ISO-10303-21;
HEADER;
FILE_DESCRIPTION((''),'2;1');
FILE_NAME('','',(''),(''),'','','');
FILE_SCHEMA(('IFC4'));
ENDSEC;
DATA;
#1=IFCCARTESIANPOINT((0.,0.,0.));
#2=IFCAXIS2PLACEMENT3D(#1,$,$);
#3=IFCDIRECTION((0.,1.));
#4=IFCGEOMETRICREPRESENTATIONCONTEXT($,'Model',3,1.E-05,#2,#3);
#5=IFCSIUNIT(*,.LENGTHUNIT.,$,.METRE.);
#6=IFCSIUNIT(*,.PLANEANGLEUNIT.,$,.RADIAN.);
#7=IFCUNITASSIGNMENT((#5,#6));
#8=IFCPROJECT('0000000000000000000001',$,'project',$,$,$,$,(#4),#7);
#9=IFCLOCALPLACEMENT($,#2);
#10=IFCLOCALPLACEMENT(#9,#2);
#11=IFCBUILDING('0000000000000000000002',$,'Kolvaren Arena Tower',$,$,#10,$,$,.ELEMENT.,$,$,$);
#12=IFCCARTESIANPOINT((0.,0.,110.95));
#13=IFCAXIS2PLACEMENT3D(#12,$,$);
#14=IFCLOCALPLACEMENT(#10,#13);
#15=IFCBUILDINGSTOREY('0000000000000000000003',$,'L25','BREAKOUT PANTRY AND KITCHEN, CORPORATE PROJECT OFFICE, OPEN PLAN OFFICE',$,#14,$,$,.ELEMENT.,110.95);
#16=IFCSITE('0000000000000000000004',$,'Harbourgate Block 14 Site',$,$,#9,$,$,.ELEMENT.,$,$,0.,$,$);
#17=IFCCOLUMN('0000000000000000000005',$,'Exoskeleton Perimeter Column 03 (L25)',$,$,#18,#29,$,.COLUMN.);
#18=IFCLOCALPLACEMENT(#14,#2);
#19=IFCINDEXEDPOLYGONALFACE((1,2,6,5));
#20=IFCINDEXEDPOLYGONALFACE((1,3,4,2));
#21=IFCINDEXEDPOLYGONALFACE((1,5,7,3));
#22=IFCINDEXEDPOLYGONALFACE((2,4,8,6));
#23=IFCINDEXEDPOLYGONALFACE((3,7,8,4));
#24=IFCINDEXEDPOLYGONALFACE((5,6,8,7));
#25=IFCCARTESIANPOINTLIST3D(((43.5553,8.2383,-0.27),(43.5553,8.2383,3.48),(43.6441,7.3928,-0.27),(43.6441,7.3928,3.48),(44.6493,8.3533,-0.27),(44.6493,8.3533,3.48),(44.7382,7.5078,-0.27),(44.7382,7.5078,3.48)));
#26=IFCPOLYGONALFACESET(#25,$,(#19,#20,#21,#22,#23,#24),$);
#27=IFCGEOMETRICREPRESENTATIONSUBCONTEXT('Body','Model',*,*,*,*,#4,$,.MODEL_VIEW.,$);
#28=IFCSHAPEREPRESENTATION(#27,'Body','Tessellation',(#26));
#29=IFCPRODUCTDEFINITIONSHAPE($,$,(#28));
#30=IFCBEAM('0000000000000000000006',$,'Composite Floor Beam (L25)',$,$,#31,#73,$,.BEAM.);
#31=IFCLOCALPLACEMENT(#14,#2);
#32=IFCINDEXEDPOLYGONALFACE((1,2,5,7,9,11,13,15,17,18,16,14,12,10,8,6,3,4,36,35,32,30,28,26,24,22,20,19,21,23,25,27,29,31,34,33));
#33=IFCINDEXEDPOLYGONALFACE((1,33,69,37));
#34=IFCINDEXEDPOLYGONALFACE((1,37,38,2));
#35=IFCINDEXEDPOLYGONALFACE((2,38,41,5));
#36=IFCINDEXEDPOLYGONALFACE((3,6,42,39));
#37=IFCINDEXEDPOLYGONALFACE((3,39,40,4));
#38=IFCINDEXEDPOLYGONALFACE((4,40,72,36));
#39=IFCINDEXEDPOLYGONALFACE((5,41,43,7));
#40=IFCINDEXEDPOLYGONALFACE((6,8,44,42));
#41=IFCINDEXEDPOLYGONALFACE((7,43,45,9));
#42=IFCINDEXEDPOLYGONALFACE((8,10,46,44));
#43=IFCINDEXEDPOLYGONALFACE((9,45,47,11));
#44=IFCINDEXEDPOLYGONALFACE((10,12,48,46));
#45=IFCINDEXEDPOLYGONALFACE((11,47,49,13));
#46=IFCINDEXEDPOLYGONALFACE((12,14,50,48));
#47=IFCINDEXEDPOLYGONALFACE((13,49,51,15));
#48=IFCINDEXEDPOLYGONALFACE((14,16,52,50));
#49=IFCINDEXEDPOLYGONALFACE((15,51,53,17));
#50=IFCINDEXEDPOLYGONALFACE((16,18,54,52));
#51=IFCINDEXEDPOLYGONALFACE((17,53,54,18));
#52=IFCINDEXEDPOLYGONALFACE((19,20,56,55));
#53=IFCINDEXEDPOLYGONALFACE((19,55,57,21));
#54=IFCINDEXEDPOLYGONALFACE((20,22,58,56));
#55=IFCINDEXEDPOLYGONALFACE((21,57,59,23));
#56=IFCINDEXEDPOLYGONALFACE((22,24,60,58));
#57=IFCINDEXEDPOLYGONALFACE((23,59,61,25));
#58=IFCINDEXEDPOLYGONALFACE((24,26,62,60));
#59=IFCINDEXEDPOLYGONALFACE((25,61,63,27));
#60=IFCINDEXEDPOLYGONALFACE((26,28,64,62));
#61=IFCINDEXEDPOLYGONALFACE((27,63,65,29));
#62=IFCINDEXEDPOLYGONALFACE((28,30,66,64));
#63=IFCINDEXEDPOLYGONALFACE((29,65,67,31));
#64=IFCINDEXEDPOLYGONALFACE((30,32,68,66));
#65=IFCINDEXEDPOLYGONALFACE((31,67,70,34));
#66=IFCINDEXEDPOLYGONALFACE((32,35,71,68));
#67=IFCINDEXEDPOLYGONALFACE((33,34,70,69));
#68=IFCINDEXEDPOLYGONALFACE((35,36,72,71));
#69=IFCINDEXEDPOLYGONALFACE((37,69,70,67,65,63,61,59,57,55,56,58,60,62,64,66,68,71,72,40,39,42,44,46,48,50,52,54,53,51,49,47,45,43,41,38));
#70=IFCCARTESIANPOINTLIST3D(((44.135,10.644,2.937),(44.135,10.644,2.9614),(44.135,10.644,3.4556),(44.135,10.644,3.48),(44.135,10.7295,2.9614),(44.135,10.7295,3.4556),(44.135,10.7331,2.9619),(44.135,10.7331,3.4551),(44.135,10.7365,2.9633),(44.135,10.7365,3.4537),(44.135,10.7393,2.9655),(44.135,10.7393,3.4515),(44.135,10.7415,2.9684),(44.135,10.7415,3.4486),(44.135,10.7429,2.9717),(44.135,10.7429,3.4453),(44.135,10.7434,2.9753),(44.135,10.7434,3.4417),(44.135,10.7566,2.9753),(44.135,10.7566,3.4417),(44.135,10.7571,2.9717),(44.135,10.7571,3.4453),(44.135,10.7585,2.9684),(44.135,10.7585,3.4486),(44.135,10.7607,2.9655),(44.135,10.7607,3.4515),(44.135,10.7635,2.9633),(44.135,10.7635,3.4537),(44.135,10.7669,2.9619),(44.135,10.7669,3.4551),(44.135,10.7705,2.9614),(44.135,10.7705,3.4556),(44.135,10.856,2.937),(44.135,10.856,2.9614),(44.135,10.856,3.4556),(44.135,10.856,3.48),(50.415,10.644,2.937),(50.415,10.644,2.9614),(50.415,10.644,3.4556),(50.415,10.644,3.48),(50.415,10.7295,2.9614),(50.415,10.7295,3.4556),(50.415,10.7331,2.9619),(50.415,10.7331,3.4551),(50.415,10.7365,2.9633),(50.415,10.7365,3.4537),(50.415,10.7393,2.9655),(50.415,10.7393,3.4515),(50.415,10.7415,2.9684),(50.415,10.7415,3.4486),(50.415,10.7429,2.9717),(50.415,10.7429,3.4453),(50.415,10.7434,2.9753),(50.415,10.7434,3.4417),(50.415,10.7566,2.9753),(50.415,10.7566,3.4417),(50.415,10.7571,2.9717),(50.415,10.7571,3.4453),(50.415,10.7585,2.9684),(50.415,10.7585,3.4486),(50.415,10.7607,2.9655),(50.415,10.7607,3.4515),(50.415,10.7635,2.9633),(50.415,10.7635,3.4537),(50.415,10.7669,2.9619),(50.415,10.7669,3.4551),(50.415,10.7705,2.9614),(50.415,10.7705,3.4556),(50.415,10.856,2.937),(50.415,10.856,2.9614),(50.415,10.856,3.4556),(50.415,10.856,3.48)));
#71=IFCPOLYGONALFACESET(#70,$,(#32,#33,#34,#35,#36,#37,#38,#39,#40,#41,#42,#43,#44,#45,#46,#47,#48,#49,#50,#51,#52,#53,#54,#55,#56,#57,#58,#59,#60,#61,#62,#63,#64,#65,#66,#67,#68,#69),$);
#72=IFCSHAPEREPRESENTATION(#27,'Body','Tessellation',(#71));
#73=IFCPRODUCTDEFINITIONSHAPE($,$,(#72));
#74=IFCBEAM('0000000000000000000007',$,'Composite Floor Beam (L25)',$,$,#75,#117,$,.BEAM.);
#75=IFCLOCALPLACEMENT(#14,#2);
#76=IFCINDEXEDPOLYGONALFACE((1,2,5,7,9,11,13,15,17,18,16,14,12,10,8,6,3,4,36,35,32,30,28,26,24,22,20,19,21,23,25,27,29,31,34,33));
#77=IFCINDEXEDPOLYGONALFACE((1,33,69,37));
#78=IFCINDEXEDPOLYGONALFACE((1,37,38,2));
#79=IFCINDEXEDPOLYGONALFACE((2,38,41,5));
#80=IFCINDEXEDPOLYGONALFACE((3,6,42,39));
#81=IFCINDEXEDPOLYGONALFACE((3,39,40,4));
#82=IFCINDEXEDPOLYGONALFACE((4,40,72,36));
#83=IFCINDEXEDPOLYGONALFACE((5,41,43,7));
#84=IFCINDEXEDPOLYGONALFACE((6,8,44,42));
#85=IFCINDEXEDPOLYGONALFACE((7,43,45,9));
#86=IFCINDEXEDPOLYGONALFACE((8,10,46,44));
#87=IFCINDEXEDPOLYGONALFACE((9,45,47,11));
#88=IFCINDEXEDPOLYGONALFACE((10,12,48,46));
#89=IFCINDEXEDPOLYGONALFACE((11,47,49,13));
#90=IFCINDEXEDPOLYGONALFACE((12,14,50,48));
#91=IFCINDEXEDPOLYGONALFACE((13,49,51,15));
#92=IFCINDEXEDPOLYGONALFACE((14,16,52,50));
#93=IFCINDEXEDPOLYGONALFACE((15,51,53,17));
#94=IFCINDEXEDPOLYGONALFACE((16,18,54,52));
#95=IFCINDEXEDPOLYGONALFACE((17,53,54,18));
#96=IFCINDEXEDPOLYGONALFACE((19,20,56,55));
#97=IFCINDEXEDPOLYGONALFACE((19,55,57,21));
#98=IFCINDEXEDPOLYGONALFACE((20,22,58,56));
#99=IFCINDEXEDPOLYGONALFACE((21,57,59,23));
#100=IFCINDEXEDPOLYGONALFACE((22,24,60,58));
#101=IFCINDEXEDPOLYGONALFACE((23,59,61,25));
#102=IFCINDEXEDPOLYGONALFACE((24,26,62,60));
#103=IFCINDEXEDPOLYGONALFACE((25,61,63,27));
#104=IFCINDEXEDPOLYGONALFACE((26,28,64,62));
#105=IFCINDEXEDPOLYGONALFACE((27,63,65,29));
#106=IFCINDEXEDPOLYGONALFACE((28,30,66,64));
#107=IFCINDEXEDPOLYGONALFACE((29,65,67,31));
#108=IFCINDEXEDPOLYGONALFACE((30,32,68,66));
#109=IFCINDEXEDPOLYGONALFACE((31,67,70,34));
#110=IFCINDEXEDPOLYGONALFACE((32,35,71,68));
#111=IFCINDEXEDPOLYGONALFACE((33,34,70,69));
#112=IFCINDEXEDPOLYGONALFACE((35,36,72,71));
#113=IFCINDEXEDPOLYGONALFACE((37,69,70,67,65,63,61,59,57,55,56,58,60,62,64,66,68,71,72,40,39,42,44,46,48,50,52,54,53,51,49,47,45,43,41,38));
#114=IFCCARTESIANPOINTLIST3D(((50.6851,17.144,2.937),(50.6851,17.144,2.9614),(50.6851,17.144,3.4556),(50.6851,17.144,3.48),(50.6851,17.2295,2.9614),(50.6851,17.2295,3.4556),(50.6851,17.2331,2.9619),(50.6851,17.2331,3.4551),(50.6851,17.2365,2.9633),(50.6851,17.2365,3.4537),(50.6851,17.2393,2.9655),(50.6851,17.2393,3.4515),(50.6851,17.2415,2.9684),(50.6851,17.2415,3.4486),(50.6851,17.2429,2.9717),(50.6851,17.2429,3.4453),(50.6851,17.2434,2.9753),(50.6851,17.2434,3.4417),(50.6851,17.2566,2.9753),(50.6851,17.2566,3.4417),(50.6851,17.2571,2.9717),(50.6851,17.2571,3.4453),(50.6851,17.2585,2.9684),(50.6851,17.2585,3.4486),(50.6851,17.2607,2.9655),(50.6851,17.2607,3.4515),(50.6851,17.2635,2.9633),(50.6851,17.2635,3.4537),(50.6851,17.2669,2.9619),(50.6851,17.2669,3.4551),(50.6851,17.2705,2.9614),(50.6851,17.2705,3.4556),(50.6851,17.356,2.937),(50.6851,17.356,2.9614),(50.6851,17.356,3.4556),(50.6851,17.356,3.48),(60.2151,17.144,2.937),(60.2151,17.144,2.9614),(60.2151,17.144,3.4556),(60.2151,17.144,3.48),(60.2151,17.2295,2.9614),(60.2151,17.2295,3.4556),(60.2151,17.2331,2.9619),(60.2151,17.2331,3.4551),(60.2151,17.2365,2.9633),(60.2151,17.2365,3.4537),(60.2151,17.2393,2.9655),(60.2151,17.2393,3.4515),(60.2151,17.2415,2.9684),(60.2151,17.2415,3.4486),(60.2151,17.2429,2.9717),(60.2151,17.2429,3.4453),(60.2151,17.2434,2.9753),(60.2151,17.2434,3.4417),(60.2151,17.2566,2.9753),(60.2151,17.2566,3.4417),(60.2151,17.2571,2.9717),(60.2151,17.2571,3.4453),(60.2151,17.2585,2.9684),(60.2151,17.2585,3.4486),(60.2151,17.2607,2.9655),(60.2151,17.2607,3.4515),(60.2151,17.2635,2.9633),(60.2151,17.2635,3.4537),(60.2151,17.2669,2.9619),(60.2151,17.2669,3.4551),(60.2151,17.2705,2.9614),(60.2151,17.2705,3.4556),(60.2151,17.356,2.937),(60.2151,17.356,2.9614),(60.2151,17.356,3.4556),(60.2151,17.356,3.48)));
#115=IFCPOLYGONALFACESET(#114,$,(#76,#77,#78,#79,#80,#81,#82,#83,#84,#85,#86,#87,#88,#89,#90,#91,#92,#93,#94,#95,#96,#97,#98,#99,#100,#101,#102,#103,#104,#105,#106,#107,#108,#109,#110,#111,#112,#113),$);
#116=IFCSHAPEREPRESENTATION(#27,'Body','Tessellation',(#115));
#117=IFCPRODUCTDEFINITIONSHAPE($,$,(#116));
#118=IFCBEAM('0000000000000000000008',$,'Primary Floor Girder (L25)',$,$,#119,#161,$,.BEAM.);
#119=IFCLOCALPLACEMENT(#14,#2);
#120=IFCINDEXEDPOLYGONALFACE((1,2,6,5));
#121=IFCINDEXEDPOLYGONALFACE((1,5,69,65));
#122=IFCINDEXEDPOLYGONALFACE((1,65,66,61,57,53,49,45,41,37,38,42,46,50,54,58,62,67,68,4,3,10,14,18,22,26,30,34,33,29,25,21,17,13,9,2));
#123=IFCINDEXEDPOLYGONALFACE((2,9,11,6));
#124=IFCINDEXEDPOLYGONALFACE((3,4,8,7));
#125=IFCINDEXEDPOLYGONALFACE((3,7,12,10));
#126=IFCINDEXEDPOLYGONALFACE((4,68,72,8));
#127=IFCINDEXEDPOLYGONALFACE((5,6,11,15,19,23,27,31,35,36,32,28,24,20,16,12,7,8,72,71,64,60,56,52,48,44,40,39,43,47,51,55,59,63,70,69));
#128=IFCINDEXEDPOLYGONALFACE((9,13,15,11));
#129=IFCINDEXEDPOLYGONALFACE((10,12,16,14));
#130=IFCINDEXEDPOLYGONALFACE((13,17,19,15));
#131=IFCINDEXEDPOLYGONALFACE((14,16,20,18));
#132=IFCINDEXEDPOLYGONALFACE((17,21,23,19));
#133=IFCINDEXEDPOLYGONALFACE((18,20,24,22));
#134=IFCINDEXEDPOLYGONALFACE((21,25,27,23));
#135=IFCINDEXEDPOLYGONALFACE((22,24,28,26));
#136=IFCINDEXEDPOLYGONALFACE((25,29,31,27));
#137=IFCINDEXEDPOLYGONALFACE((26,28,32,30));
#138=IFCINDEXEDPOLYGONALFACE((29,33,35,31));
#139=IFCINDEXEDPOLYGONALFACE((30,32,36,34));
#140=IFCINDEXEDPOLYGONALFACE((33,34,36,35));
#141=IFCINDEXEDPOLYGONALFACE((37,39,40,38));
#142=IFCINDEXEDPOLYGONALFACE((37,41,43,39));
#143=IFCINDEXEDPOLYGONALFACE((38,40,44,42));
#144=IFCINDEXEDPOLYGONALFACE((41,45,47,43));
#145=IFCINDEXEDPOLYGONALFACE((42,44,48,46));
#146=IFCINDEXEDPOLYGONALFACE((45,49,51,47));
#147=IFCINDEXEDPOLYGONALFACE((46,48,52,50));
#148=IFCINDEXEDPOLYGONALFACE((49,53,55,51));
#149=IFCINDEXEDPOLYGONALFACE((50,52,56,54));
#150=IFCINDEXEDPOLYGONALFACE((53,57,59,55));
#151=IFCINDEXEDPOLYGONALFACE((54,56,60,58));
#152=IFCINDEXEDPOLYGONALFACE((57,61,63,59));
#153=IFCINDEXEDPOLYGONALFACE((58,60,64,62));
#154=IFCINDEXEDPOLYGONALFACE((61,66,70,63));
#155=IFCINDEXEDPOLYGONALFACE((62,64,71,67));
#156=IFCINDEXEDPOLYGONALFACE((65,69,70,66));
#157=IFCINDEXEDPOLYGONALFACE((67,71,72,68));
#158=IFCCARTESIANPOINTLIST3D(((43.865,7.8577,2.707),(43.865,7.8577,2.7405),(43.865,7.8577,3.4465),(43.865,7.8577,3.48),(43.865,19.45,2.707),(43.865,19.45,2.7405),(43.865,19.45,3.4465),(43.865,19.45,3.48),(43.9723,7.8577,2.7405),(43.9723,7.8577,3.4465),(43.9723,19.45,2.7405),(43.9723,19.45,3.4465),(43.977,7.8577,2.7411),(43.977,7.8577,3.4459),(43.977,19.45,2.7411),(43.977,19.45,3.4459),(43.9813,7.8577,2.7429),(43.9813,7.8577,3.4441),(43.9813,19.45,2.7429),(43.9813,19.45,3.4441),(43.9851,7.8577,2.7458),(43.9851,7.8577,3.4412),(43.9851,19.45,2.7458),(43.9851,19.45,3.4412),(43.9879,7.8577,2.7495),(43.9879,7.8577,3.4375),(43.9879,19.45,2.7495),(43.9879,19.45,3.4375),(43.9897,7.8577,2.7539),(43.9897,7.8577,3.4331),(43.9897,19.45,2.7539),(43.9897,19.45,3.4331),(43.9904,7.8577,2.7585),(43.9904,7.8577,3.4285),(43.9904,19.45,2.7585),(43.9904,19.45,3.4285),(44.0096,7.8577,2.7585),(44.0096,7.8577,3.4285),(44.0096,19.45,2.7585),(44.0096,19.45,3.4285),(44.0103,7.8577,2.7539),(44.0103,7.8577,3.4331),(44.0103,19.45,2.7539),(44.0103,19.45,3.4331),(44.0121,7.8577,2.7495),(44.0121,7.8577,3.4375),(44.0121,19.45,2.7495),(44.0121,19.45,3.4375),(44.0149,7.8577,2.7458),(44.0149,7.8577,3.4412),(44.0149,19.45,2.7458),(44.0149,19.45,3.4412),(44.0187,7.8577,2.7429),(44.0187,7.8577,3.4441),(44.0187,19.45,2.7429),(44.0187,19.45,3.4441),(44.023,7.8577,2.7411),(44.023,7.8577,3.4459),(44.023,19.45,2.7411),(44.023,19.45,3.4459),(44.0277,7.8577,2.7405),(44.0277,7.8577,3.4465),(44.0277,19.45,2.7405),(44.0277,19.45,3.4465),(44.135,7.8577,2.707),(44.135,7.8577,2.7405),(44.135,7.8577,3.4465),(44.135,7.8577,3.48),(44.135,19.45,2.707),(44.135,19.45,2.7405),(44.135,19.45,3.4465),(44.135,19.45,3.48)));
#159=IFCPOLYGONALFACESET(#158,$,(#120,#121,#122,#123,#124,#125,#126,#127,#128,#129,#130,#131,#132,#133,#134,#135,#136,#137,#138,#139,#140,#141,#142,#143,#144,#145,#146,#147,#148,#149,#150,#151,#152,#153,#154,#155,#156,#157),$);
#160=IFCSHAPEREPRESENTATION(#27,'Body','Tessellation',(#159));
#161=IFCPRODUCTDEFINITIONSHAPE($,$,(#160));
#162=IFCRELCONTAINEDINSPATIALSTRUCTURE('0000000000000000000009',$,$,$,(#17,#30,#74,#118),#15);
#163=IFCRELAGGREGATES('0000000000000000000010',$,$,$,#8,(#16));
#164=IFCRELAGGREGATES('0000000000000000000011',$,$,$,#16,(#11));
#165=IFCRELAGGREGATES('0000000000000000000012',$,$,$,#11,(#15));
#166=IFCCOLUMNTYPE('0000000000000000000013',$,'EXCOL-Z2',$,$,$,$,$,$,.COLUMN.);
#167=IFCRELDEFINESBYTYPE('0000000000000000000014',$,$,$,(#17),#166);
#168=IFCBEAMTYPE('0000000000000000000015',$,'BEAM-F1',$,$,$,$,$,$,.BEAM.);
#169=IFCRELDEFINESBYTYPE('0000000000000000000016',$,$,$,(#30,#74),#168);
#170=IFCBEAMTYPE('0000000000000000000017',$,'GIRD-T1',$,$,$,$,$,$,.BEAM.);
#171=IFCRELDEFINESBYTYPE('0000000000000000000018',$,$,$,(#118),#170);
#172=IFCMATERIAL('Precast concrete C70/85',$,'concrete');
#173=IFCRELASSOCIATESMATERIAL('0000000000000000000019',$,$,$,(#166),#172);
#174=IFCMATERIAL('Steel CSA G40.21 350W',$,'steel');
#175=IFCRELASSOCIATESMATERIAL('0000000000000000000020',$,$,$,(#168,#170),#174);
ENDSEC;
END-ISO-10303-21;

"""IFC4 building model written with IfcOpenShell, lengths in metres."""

from ifc_helpers import new_model, si_unit, direction, frame, origin, origin_2d, place, context, subcontext, project, spatial, rectangle, i_section, extrude, material, material_profile, profile_set, type_object, element, save


model = new_model("IFC4")

# Units and contexts
model_context = context("Model", 3, precision=1e-05, world=origin(), true_north=direction((0.0, 1.0)))
body_context = subcontext(model_context, "Body", "Model", "MODEL_VIEW")
ifc_project = project(units=[si_unit("LENGTHUNIT", "METRE"), si_unit("PLANEANGLEUNIT", "RADIAN")], contexts=[model_context])

# Site, building, storey
site_placement = place(None, origin())
site = spatial("IfcSite", under=ifc_project, at=site_placement, Name="Harbourgate Block 14 Site", CompositionType="ELEMENT", RefElevation=0.0)
building_placement = place(site_placement, origin())
building = spatial("IfcBuilding", under=site, at=building_placement, Name="Kolvaren Arena Tower", CompositionType="ELEMENT")
storey_placement = place(building_placement, frame((0.0, 0.0, 110.95)))
storey = spatial("IfcBuildingStorey", under=building, at=storey_placement, Name="L25", Description="BREAKOUT PANTRY AND KITCHEN, CORPORATE PROJECT OFFICE, OPEN PLAN OFFICE", CompositionType="ELEMENT", Elevation=110.95)

# Column
ifc_material_1 = material(Name="Precast concrete C70/85", Category="concrete")
ifc_material_profile_1 = material_profile(ifc_material_1, rectangle(XDim=1.1001, YDim=0.8501, at=origin_2d()), Name="RC-1100x850")
ifc_profile_set_1 = profile_set([ifc_material_profile_1], Name="Precast concrete C70/85")
column_type = type_object("IfcColumnType", Name="EXCOL-Z2", PredefinedType="COLUMN", material=ifc_profile_set_1)
column_placement = place(storey_placement, frame((44.1467, 7.873, -0.27), z_axis=(0.0, 0.0, 1.0), x_axis=(0.994522, 0.104528, 0.0)))
element("IfcColumn", 1, at=column_placement, inside=storey, type_object=column_type, Name="Exoskeleton Perimeter Column 03 (L25)", PredefinedType="COLUMN", context=body_context, shape_type="SweptSolid", body=[
    extrude(rectangle(XDim=1.1001, YDim=0.8501, at=origin_2d()), origin(), (0.0, 0.0, 1.0), 3.75),
])

# Beams
ifc_material_2 = material(Name="Steel CSA G40.21 350W", Category="steel")
ifc_material_profile_2 = material_profile(ifc_material_2, i_section(OverallWidth=0.2119, OverallDepth=0.543, WebThickness=0.0132, FlangeThickness=0.0244, FilletRadius=0.0139, at=origin_2d()), Name="W530x150")
ifc_profile_set_2 = profile_set([ifc_material_profile_2], Name="Steel CSA G40.21 350W")
beam_type_1 = type_object("IfcBeamType", Name="BEAM-F1", PredefinedType="BEAM", material=ifc_profile_set_2)
beam_1_placement = place(storey_placement, frame((44.135, 10.75, 3.2085), z_axis=(1.0, 0.0, 0.0), x_axis=(0.0, 1.0, 0.0)))
element("IfcBeam", 2, at=beam_1_placement, inside=storey, type_object=beam_type_1, Name="Composite Floor Beam (L25)", PredefinedType="BEAM", context=body_context, shape_type="SweptSolid", body=[
    extrude(i_section(OverallWidth=0.2119, OverallDepth=0.543, WebThickness=0.0132, FlangeThickness=0.0244, FilletRadius=0.0139, at=origin_2d()), origin(), (0.0, 0.0, 1.0), 6.28),
])
beam_2_placement = place(storey_placement, frame((50.6851, 17.25, 3.2085), z_axis=(1.0, 0.0, 0.0), x_axis=(0.0, 1.0, 0.0)))
element("IfcBeam", 3, at=beam_2_placement, inside=storey, type_object=beam_type_1, Name="Composite Floor Beam (L25)", PredefinedType="BEAM", context=body_context, shape_type="SweptSolid", body=[
    extrude(i_section(OverallWidth=0.2119, OverallDepth=0.543, WebThickness=0.0132, FlangeThickness=0.0244, FilletRadius=0.0139, at=origin_2d()), origin(), (0.0, 0.0, 1.0), 9.53),
])
ifc_material_profile_3 = material_profile(ifc_material_2, i_section(OverallWidth=0.27, OverallDepth=0.7729, WebThickness=0.0193, FlangeThickness=0.0334, FilletRadius=0.0181, at=origin_2d()), Name="W760x257")
ifc_profile_set_3 = profile_set([ifc_material_profile_3], Name="Steel CSA G40.21 350W")
beam_type_2 = type_object("IfcBeamType", Name="GIRD-T1", PredefinedType="BEAM", material=ifc_profile_set_3)
beam_3_placement = place(storey_placement, frame((44.0, 7.8577, 3.0935), z_axis=(0.0, 1.0, 0.0), x_axis=(-1.0, 0.0, 0.0)))
element("IfcBeam", 4, at=beam_3_placement, inside=storey, type_object=beam_type_2, Name="Primary Floor Girder (L25)", PredefinedType="BEAM", context=body_context, shape_type="SweptSolid", body=[
    extrude(i_section(OverallWidth=0.27, OverallDepth=0.7729, WebThickness=0.0193, FlangeThickness=0.0334, FilletRadius=0.0181, at=origin_2d()), origin(), (0.0, 0.0, 1.0), 11.5923),
])

save(model, "model.ifc")
